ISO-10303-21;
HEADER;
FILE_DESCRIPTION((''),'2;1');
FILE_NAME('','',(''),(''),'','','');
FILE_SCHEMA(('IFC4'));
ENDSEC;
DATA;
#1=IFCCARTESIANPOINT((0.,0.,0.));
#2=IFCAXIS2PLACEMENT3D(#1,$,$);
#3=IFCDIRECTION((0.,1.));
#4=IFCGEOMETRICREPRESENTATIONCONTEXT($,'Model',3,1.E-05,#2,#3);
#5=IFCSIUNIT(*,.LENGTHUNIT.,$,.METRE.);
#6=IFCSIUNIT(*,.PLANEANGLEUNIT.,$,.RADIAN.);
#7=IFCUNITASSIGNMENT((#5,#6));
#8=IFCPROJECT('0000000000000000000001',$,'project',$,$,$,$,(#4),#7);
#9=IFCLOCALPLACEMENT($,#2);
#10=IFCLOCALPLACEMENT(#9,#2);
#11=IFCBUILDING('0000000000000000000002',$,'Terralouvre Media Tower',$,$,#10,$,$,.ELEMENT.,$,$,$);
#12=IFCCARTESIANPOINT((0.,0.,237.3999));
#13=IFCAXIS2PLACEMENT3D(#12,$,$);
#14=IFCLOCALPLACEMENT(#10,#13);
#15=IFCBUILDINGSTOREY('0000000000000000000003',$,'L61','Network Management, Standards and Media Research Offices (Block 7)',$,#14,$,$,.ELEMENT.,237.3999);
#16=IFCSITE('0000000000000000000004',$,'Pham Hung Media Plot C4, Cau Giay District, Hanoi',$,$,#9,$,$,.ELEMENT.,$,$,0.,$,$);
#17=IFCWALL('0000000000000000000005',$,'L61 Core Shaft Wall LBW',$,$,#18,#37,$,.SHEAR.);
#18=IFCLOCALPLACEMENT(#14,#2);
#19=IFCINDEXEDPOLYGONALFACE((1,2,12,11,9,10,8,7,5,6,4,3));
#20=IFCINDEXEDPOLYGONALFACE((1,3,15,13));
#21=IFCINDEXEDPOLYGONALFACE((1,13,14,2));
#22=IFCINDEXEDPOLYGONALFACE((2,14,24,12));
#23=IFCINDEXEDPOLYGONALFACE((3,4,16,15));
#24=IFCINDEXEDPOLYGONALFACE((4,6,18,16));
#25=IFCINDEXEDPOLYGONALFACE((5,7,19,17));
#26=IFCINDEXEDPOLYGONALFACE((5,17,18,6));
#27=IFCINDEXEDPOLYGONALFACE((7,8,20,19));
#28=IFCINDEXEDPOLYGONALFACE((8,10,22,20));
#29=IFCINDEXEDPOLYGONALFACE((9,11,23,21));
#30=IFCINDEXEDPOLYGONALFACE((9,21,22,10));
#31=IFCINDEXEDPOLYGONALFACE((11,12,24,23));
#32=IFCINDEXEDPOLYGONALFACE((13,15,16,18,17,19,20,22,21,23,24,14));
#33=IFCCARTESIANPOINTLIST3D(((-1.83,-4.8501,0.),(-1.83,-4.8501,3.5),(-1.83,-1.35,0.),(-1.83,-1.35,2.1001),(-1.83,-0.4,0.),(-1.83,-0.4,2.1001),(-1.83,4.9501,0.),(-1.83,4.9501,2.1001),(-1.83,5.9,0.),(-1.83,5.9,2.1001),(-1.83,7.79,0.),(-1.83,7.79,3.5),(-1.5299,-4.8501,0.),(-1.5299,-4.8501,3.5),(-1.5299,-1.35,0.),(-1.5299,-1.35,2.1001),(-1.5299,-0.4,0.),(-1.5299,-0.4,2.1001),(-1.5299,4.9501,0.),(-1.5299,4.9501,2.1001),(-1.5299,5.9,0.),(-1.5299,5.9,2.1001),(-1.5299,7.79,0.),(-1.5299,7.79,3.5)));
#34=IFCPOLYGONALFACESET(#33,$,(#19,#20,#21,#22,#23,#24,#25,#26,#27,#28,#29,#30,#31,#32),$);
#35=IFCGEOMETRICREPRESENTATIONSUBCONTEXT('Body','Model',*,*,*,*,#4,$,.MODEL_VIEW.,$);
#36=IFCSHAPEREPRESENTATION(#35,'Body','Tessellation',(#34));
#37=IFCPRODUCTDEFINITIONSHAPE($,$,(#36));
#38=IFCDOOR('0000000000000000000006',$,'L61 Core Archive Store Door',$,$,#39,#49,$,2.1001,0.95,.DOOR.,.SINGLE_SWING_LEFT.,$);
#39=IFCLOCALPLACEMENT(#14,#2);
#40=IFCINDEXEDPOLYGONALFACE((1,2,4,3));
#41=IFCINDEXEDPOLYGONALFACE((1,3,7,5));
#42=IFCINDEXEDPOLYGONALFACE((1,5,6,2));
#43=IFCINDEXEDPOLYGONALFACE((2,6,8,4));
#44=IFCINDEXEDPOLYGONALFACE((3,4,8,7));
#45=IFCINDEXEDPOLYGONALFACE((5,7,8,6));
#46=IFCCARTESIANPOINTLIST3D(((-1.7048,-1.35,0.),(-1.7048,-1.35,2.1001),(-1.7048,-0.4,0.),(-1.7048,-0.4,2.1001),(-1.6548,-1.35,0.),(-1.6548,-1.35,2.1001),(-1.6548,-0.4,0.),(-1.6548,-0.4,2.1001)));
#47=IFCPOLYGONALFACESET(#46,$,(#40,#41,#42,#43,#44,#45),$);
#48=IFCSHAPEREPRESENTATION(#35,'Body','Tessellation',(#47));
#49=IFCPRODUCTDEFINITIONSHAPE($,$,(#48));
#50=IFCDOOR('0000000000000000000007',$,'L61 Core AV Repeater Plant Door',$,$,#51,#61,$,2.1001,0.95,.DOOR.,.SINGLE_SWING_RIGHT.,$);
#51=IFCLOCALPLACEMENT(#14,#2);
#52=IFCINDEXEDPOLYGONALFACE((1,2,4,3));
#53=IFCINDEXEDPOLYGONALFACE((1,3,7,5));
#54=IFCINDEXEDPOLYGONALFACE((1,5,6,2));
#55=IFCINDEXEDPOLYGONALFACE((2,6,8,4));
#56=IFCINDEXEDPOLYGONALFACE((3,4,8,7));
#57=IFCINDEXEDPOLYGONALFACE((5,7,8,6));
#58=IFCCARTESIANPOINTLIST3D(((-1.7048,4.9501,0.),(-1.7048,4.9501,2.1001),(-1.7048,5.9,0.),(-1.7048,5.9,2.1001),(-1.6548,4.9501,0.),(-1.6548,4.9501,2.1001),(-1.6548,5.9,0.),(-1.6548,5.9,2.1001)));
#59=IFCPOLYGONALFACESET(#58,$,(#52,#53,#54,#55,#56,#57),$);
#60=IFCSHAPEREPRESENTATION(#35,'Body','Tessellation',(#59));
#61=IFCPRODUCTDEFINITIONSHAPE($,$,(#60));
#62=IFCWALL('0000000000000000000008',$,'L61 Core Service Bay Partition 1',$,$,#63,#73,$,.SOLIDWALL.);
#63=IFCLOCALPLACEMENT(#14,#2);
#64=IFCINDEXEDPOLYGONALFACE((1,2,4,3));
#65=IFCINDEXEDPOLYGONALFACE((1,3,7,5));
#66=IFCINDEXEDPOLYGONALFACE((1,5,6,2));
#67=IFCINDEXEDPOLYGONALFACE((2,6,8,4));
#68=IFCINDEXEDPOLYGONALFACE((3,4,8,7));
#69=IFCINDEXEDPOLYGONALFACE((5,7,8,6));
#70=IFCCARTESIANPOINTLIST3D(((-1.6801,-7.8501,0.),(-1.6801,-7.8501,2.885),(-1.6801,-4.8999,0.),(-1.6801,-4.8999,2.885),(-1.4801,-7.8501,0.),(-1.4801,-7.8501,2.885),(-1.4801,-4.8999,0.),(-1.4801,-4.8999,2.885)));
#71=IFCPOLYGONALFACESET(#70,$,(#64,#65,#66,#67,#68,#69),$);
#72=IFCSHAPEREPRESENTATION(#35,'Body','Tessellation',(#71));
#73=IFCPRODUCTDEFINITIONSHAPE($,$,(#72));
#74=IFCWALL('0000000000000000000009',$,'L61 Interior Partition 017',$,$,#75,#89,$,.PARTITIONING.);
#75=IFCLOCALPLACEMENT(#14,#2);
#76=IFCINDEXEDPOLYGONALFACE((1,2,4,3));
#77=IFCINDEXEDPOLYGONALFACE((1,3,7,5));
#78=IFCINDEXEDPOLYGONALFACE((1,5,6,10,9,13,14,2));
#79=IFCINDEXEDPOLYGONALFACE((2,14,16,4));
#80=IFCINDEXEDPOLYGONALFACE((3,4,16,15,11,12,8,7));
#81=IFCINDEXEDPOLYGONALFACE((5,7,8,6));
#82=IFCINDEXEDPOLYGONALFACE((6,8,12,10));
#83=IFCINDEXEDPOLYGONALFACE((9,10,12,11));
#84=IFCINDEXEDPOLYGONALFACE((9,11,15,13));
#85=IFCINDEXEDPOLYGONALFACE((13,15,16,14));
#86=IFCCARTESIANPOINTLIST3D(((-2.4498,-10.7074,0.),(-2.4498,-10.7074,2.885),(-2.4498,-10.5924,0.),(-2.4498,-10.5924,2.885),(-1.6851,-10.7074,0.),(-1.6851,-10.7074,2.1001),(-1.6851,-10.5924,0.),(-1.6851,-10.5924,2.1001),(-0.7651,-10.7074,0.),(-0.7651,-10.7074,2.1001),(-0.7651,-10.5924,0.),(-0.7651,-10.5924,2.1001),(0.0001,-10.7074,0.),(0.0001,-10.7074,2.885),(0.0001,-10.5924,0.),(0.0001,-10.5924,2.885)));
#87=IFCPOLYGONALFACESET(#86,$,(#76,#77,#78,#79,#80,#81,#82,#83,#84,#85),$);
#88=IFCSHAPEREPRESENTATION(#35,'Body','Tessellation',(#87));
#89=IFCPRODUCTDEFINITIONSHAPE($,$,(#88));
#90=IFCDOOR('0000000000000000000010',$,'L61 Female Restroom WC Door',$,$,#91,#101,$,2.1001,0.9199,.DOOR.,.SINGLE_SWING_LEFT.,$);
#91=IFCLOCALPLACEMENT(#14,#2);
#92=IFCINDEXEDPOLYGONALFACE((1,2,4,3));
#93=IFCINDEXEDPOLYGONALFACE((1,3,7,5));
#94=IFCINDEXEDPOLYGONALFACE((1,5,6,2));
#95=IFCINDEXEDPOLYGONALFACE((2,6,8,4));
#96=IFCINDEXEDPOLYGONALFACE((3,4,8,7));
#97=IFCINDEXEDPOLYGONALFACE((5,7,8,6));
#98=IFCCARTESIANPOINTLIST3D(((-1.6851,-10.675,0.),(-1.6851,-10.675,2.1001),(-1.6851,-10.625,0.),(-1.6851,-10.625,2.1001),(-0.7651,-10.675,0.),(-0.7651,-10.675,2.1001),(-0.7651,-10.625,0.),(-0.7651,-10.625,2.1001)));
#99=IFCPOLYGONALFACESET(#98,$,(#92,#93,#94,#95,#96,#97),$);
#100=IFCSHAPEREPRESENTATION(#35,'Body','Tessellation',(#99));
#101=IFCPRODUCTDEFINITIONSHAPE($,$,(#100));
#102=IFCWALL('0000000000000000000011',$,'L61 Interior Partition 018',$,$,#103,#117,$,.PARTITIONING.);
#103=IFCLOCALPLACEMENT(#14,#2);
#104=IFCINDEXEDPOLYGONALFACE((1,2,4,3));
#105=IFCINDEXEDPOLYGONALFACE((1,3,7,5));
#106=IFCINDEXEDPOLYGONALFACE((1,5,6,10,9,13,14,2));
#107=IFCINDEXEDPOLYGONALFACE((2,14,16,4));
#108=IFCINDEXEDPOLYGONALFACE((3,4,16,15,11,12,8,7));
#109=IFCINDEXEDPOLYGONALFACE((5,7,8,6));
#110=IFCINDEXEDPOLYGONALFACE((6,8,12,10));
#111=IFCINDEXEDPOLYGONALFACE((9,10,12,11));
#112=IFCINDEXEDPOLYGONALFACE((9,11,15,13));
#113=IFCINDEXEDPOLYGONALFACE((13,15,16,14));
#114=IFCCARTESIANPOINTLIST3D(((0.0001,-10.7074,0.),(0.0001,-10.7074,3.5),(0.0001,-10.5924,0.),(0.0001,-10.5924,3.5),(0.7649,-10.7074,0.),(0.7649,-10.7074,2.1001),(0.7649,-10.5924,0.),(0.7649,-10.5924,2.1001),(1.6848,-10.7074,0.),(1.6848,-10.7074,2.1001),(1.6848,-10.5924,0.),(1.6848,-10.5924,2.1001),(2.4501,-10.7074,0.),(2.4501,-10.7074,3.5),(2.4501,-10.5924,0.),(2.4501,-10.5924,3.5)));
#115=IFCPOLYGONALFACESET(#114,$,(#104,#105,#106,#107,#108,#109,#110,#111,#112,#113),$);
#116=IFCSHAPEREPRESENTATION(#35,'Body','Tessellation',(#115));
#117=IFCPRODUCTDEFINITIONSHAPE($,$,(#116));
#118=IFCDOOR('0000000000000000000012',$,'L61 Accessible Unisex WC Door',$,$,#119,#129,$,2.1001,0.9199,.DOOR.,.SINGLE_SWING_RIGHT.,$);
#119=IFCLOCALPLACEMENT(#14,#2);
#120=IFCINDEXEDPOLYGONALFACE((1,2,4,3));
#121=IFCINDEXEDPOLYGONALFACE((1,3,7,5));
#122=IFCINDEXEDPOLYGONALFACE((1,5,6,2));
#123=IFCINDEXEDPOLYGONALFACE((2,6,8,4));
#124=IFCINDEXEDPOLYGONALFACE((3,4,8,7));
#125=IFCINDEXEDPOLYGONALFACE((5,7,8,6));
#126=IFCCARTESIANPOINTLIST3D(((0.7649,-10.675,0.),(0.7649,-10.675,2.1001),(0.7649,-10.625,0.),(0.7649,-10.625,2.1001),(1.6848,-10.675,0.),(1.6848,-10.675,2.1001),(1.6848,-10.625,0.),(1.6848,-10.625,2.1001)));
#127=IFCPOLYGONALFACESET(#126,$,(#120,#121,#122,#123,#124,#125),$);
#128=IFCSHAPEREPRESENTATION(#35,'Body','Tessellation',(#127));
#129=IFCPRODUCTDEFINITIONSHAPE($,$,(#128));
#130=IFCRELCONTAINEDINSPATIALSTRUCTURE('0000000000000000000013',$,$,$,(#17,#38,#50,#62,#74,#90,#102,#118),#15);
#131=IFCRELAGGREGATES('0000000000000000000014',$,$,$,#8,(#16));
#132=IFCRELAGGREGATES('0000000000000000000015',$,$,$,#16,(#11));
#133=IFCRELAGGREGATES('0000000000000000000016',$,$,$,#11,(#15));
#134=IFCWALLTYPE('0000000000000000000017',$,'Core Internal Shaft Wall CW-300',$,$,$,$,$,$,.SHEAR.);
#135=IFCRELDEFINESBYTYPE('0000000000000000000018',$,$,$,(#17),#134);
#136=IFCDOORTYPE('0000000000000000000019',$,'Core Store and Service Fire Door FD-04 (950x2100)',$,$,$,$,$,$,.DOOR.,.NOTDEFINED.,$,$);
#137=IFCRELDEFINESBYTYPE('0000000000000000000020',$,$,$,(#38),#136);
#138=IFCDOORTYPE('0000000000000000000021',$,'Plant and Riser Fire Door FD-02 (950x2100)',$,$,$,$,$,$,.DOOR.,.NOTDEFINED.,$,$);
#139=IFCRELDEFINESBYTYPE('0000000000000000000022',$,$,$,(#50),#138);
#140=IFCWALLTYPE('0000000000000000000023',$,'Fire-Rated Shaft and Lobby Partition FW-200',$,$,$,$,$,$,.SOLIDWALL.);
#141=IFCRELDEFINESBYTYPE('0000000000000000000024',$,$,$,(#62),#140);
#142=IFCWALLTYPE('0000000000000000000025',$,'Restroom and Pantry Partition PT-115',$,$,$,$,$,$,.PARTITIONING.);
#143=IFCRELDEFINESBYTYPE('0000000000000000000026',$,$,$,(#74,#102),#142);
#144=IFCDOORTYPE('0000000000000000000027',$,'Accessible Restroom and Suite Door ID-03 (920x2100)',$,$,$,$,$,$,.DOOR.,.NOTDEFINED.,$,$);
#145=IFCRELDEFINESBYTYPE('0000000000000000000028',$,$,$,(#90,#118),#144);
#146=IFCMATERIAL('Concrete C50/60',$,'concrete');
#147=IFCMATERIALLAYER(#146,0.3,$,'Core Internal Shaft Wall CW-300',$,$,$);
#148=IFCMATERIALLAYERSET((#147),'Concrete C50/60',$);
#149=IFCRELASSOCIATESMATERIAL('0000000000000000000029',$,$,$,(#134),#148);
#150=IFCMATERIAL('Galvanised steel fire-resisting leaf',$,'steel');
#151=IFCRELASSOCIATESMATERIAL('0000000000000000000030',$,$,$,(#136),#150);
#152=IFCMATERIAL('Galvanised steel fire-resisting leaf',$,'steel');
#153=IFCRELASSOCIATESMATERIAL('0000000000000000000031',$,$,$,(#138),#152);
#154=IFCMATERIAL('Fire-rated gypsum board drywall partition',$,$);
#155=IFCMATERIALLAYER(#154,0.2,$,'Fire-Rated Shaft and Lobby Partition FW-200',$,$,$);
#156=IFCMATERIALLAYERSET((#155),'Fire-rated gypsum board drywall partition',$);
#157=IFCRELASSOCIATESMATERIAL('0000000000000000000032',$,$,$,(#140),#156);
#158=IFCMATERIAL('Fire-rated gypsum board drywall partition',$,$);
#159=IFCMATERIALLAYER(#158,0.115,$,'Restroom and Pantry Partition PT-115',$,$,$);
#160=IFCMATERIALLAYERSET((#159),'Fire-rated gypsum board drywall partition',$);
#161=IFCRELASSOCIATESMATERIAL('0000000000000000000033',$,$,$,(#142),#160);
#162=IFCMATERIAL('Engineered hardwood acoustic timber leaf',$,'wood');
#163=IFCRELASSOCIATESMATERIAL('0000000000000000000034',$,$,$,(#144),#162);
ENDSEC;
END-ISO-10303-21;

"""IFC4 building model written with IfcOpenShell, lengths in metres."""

from ifc_helpers import new_model, si_unit, direction, frame, frame_2d, origin, place, context, subcontext, project, spatial, rectangle, extrude, material, layer, layer_set, type_object, element, fill, save


model = new_model("IFC4")

# Units and contexts
model_context = context("Model", 3, precision=1e-05, world=origin(), true_north=direction((0.0, 1.0)))
body_context = subcontext(model_context, "Body", "Model", "MODEL_VIEW")
ifc_project = project(units=[si_unit("LENGTHUNIT", "METRE"), si_unit("PLANEANGLEUNIT", "RADIAN")], contexts=[model_context])

# Site, building, storey
site_placement = place(None, origin())
site = spatial("IfcSite", under=ifc_project, at=site_placement, Name="Pham Hung Media Plot C4, Cau Giay District, Hanoi", CompositionType="ELEMENT", RefElevation=0.0)
building_placement = place(site_placement, origin())
building = spatial("IfcBuilding", under=site, at=building_placement, Name="Terralouvre Media Tower", CompositionType="ELEMENT")
storey_placement = place(building_placement, frame((0.0, 0.0, 237.3999)))
storey = spatial("IfcBuildingStorey", under=building, at=storey_placement, Name="L61", Description="Network Management, Standards and Media Research Offices (Block 7)", CompositionType="ELEMENT", Elevation=237.3999)

# Shared definitions
ifc_material_1 = material(Name="Concrete C50/60", Category="concrete")
ifc_layer_1 = layer(ifc_material_1, 0.3, Name="Core Internal Shaft Wall CW-300")
ifc_layer_set_1 = layer_set([ifc_layer_1], Name="Concrete C50/60")
wall_type_1 = type_object("IfcWallType", Name="Core Internal Shaft Wall CW-300", PredefinedType="SHEAR", material=ifc_layer_set_1)

# Wall, openings, doors
wall_1_placement = place(storey_placement, frame((-1.6799, -4.8501, 0.0), z_axis=(0.0, 0.0, 1.0), x_axis=(0.0, 1.0, 0.0)))
wall_1 = element("IfcWall", 1, at=wall_1_placement, inside=storey, type_object=wall_type_1, Name="L61 Core Shaft Wall LBW", PredefinedType="SHEAR", context=body_context, shape_type="SweptSolid", body=[
    extrude(rectangle(XDim=12.6401, YDim=0.3, at=frame_2d((6.3201, 0.0))), origin(), (0.0, 0.0, 1.0), 3.5),
])
opening_1_placement = place(wall_1_placement, frame((3.5, 0.0, 0.0)))
opening_1 = element("IfcOpeningElement", 2, at=opening_1_placement, cuts=wall_1, PredefinedType="OPENING", context=body_context, shape_type="SweptSolid", body=[
    extrude(rectangle(XDim=0.95, YDim=2.1001, at=frame_2d((0.4751, 1.05))), frame((0.0, 0.1599, 0.0), z_axis=(0.0, -1.0, 0.0), x_axis=(1.0, 0.0, 0.0)), (0.0, 0.0, 1.0), 0.3201),
])
opening_2_placement = place(wall_1_placement, frame((9.8, 0.0, 0.0)))
opening_2 = element("IfcOpeningElement", 3, at=opening_2_placement, cuts=wall_1, PredefinedType="OPENING", context=body_context, shape_type="SweptSolid", body=[
    extrude(rectangle(XDim=0.95, YDim=2.1001, at=frame_2d((0.4751, 1.05))), frame((0.0, 0.1599, 0.0), z_axis=(0.0, -1.0, 0.0), x_axis=(1.0, 0.0, 0.0)), (0.0, 0.0, 1.0), 0.3201),
])
ifc_material_2 = material(Name="Galvanised steel fire-resisting leaf", Category="steel")
door_type_1 = type_object("IfcDoorType", Name="Core Store and Service Fire Door FD-04 (950x2100)", OperationType="NOTDEFINED", PredefinedType="DOOR", material=ifc_material_2)
door_1_placement = place(opening_1_placement, origin())
door_1 = element("IfcDoor", 4, at=door_1_placement, inside=storey, type_object=door_type_1, Name="L61 Core Archive Store Door", OperationType="SINGLE_SWING_LEFT", OverallHeight=2.1001, OverallWidth=0.95, PredefinedType="DOOR", context=body_context, shape_type="SweptSolid", body=[
    extrude(rectangle(XDim=0.95, YDim=2.1001, at=frame_2d((0.4751, 1.05))), frame((0.0, 0.0249, 0.0), z_axis=(0.0, -1.0, 0.0), x_axis=(1.0, 0.0, 0.0)), (0.0, 0.0, 1.0), 0.05),
])
fill(opening_1, door_1)
ifc_material_3 = material(Name="Galvanised steel fire-resisting leaf", Category="steel")
door_type_2 = type_object("IfcDoorType", Name="Plant and Riser Fire Door FD-02 (950x2100)", OperationType="NOTDEFINED", PredefinedType="DOOR", material=ifc_material_3)
door_2_placement = place(opening_2_placement, origin())
door_2 = element("IfcDoor", 5, at=door_2_placement, inside=storey, type_object=door_type_2, Name="L61 Core AV Repeater Plant Door", OperationType="SINGLE_SWING_RIGHT", OverallHeight=2.1001, OverallWidth=0.95, PredefinedType="DOOR", context=body_context, shape_type="SweptSolid", body=[
    extrude(rectangle(XDim=0.95, YDim=2.1001, at=frame_2d((0.4751, 1.05))), frame((0.0, 0.0249, 0.0), z_axis=(0.0, -1.0, 0.0), x_axis=(1.0, 0.0, 0.0)), (0.0, 0.0, 1.0), 0.05),
])
fill(opening_2, door_2)

# Wall
ifc_material_4 = material(Name="Fire-rated gypsum board drywall partition")
ifc_layer_2 = layer(ifc_material_4, 0.2, Name="Fire-Rated Shaft and Lobby Partition FW-200")
ifc_layer_set_2 = layer_set([ifc_layer_2], Name="Fire-rated gypsum board drywall partition")
wall_type_2 = type_object("IfcWallType", Name="Fire-Rated Shaft and Lobby Partition FW-200", PredefinedType="SOLIDWALL", material=ifc_layer_set_2)
wall_2_placement = place(storey_placement, frame((-1.5801, -7.8501, 0.0), z_axis=(0.0, 0.0, 1.0), x_axis=(0.0, 1.0, 0.0)))
element("IfcWall", 6, at=wall_2_placement, inside=storey, type_object=wall_type_2, Name="L61 Core Service Bay Partition 1", PredefinedType="SOLIDWALL", context=body_context, shape_type="SweptSolid", body=[
    extrude(rectangle(XDim=2.9502, YDim=0.2, at=frame_2d((1.4751, 0.0))), origin(), (0.0, 0.0, 1.0), 2.885),
])

# Walls, openings, doors
ifc_material_5 = material(Name="Fire-rated gypsum board drywall partition")
ifc_layer_3 = layer(ifc_material_5, 0.115, Name="Restroom and Pantry Partition PT-115")
ifc_layer_set_3 = layer_set([ifc_layer_3], Name="Fire-rated gypsum board drywall partition")
wall_type_3 = type_object("IfcWallType", Name="Restroom and Pantry Partition PT-115", PredefinedType="PARTITIONING", material=ifc_layer_set_3)
wall_3_placement = place(storey_placement, frame((-2.45, -10.6499, 0.0), z_axis=(0.0, 0.0, 1.0), x_axis=(1.0, 0.0, 0.0)))
wall_3 = element("IfcWall", 7, at=wall_3_placement, inside=storey, type_object=wall_type_3, Name="L61 Interior Partition 017", PredefinedType="PARTITIONING", context=body_context, shape_type="SweptSolid", body=[
    extrude(rectangle(XDim=2.45, YDim=0.115, at=frame_2d((1.2251, 0.0))), origin(), (0.0, 0.0, 1.0), 2.885),
])
opening_3_placement = place(wall_3_placement, frame((0.7649, 0.0, 0.0)))
opening_3 = element("IfcOpeningElement", 8, at=opening_3_placement, cuts=wall_3, PredefinedType="OPENING", context=body_context, shape_type="SweptSolid", body=[
    extrude(rectangle(XDim=0.9199, YDim=2.1001, at=frame_2d((0.46, 1.05))), frame((0.0, 0.0674, 0.0), z_axis=(0.0, -1.0, 0.0), x_axis=(1.0, 0.0, 0.0)), (0.0, 0.0, 1.0), 0.135),
])
ifc_material_6 = material(Name="Engineered hardwood acoustic timber leaf", Category="wood")
door_type_3 = type_object("IfcDoorType", Name="Accessible Restroom and Suite Door ID-03 (920x2100)", OperationType="NOTDEFINED", PredefinedType="DOOR", material=ifc_material_6)
door_3_placement = place(opening_3_placement, origin())
door_3 = element("IfcDoor", 9, at=door_3_placement, inside=storey, type_object=door_type_3, Name="L61 Female Restroom WC Door", OperationType="SINGLE_SWING_LEFT", OverallHeight=2.1001, OverallWidth=0.9199, PredefinedType="DOOR", context=body_context, shape_type="SweptSolid", body=[
    extrude(rectangle(XDim=0.9199, YDim=2.1001, at=frame_2d((0.46, 1.05))), frame((0.0, 0.0249, 0.0), z_axis=(0.0, -1.0, 0.0), x_axis=(1.0, 0.0, 0.0)), (0.0, 0.0, 1.0), 0.05),
])
fill(opening_3, door_3)
wall_4_placement = place(storey_placement, frame((0.0, -10.6499, 0.0), z_axis=(0.0, 0.0, 1.0), x_axis=(1.0, 0.0, 0.0)))
wall_4 = element("IfcWall", 10, at=wall_4_placement, inside=storey, type_object=wall_type_3, Name="L61 Interior Partition 018", PredefinedType="PARTITIONING", context=body_context, shape_type="SweptSolid", body=[
    extrude(rectangle(XDim=2.45, YDim=0.115, at=frame_2d((1.2251, 0.0))), origin(), (0.0, 0.0, 1.0), 3.5),
])
opening_4_placement = place(wall_4_placement, frame((0.7649, 0.0, 0.0)))
opening_4 = element("IfcOpeningElement", 11, at=opening_4_placement, cuts=wall_4, PredefinedType="OPENING", context=body_context, shape_type="SweptSolid", body=[
    extrude(rectangle(XDim=0.9199, YDim=2.1001, at=frame_2d((0.46, 1.05))), frame((0.0, 0.0674, 0.0), z_axis=(0.0, -1.0, 0.0), x_axis=(1.0, 0.0, 0.0)), (0.0, 0.0, 1.0), 0.135),
])
door_4_placement = place(opening_4_placement, origin())
door_4 = element("IfcDoor", 12, at=door_4_placement, inside=storey, type_object=door_type_3, Name="L61 Accessible Unisex WC Door", OperationType="SINGLE_SWING_RIGHT", OverallHeight=2.1001, OverallWidth=0.9199, PredefinedType="DOOR", context=body_context, shape_type="SweptSolid", body=[
    extrude(rectangle(XDim=0.9199, YDim=2.1001, at=frame_2d((0.46, 1.05))), frame((0.0, 0.0249, 0.0), z_axis=(0.0, -1.0, 0.0), x_axis=(1.0, 0.0, 0.0)), (0.0, 0.0, 1.0), 0.05),
])
fill(opening_4, door_4)

save(model, "model.ifc")
